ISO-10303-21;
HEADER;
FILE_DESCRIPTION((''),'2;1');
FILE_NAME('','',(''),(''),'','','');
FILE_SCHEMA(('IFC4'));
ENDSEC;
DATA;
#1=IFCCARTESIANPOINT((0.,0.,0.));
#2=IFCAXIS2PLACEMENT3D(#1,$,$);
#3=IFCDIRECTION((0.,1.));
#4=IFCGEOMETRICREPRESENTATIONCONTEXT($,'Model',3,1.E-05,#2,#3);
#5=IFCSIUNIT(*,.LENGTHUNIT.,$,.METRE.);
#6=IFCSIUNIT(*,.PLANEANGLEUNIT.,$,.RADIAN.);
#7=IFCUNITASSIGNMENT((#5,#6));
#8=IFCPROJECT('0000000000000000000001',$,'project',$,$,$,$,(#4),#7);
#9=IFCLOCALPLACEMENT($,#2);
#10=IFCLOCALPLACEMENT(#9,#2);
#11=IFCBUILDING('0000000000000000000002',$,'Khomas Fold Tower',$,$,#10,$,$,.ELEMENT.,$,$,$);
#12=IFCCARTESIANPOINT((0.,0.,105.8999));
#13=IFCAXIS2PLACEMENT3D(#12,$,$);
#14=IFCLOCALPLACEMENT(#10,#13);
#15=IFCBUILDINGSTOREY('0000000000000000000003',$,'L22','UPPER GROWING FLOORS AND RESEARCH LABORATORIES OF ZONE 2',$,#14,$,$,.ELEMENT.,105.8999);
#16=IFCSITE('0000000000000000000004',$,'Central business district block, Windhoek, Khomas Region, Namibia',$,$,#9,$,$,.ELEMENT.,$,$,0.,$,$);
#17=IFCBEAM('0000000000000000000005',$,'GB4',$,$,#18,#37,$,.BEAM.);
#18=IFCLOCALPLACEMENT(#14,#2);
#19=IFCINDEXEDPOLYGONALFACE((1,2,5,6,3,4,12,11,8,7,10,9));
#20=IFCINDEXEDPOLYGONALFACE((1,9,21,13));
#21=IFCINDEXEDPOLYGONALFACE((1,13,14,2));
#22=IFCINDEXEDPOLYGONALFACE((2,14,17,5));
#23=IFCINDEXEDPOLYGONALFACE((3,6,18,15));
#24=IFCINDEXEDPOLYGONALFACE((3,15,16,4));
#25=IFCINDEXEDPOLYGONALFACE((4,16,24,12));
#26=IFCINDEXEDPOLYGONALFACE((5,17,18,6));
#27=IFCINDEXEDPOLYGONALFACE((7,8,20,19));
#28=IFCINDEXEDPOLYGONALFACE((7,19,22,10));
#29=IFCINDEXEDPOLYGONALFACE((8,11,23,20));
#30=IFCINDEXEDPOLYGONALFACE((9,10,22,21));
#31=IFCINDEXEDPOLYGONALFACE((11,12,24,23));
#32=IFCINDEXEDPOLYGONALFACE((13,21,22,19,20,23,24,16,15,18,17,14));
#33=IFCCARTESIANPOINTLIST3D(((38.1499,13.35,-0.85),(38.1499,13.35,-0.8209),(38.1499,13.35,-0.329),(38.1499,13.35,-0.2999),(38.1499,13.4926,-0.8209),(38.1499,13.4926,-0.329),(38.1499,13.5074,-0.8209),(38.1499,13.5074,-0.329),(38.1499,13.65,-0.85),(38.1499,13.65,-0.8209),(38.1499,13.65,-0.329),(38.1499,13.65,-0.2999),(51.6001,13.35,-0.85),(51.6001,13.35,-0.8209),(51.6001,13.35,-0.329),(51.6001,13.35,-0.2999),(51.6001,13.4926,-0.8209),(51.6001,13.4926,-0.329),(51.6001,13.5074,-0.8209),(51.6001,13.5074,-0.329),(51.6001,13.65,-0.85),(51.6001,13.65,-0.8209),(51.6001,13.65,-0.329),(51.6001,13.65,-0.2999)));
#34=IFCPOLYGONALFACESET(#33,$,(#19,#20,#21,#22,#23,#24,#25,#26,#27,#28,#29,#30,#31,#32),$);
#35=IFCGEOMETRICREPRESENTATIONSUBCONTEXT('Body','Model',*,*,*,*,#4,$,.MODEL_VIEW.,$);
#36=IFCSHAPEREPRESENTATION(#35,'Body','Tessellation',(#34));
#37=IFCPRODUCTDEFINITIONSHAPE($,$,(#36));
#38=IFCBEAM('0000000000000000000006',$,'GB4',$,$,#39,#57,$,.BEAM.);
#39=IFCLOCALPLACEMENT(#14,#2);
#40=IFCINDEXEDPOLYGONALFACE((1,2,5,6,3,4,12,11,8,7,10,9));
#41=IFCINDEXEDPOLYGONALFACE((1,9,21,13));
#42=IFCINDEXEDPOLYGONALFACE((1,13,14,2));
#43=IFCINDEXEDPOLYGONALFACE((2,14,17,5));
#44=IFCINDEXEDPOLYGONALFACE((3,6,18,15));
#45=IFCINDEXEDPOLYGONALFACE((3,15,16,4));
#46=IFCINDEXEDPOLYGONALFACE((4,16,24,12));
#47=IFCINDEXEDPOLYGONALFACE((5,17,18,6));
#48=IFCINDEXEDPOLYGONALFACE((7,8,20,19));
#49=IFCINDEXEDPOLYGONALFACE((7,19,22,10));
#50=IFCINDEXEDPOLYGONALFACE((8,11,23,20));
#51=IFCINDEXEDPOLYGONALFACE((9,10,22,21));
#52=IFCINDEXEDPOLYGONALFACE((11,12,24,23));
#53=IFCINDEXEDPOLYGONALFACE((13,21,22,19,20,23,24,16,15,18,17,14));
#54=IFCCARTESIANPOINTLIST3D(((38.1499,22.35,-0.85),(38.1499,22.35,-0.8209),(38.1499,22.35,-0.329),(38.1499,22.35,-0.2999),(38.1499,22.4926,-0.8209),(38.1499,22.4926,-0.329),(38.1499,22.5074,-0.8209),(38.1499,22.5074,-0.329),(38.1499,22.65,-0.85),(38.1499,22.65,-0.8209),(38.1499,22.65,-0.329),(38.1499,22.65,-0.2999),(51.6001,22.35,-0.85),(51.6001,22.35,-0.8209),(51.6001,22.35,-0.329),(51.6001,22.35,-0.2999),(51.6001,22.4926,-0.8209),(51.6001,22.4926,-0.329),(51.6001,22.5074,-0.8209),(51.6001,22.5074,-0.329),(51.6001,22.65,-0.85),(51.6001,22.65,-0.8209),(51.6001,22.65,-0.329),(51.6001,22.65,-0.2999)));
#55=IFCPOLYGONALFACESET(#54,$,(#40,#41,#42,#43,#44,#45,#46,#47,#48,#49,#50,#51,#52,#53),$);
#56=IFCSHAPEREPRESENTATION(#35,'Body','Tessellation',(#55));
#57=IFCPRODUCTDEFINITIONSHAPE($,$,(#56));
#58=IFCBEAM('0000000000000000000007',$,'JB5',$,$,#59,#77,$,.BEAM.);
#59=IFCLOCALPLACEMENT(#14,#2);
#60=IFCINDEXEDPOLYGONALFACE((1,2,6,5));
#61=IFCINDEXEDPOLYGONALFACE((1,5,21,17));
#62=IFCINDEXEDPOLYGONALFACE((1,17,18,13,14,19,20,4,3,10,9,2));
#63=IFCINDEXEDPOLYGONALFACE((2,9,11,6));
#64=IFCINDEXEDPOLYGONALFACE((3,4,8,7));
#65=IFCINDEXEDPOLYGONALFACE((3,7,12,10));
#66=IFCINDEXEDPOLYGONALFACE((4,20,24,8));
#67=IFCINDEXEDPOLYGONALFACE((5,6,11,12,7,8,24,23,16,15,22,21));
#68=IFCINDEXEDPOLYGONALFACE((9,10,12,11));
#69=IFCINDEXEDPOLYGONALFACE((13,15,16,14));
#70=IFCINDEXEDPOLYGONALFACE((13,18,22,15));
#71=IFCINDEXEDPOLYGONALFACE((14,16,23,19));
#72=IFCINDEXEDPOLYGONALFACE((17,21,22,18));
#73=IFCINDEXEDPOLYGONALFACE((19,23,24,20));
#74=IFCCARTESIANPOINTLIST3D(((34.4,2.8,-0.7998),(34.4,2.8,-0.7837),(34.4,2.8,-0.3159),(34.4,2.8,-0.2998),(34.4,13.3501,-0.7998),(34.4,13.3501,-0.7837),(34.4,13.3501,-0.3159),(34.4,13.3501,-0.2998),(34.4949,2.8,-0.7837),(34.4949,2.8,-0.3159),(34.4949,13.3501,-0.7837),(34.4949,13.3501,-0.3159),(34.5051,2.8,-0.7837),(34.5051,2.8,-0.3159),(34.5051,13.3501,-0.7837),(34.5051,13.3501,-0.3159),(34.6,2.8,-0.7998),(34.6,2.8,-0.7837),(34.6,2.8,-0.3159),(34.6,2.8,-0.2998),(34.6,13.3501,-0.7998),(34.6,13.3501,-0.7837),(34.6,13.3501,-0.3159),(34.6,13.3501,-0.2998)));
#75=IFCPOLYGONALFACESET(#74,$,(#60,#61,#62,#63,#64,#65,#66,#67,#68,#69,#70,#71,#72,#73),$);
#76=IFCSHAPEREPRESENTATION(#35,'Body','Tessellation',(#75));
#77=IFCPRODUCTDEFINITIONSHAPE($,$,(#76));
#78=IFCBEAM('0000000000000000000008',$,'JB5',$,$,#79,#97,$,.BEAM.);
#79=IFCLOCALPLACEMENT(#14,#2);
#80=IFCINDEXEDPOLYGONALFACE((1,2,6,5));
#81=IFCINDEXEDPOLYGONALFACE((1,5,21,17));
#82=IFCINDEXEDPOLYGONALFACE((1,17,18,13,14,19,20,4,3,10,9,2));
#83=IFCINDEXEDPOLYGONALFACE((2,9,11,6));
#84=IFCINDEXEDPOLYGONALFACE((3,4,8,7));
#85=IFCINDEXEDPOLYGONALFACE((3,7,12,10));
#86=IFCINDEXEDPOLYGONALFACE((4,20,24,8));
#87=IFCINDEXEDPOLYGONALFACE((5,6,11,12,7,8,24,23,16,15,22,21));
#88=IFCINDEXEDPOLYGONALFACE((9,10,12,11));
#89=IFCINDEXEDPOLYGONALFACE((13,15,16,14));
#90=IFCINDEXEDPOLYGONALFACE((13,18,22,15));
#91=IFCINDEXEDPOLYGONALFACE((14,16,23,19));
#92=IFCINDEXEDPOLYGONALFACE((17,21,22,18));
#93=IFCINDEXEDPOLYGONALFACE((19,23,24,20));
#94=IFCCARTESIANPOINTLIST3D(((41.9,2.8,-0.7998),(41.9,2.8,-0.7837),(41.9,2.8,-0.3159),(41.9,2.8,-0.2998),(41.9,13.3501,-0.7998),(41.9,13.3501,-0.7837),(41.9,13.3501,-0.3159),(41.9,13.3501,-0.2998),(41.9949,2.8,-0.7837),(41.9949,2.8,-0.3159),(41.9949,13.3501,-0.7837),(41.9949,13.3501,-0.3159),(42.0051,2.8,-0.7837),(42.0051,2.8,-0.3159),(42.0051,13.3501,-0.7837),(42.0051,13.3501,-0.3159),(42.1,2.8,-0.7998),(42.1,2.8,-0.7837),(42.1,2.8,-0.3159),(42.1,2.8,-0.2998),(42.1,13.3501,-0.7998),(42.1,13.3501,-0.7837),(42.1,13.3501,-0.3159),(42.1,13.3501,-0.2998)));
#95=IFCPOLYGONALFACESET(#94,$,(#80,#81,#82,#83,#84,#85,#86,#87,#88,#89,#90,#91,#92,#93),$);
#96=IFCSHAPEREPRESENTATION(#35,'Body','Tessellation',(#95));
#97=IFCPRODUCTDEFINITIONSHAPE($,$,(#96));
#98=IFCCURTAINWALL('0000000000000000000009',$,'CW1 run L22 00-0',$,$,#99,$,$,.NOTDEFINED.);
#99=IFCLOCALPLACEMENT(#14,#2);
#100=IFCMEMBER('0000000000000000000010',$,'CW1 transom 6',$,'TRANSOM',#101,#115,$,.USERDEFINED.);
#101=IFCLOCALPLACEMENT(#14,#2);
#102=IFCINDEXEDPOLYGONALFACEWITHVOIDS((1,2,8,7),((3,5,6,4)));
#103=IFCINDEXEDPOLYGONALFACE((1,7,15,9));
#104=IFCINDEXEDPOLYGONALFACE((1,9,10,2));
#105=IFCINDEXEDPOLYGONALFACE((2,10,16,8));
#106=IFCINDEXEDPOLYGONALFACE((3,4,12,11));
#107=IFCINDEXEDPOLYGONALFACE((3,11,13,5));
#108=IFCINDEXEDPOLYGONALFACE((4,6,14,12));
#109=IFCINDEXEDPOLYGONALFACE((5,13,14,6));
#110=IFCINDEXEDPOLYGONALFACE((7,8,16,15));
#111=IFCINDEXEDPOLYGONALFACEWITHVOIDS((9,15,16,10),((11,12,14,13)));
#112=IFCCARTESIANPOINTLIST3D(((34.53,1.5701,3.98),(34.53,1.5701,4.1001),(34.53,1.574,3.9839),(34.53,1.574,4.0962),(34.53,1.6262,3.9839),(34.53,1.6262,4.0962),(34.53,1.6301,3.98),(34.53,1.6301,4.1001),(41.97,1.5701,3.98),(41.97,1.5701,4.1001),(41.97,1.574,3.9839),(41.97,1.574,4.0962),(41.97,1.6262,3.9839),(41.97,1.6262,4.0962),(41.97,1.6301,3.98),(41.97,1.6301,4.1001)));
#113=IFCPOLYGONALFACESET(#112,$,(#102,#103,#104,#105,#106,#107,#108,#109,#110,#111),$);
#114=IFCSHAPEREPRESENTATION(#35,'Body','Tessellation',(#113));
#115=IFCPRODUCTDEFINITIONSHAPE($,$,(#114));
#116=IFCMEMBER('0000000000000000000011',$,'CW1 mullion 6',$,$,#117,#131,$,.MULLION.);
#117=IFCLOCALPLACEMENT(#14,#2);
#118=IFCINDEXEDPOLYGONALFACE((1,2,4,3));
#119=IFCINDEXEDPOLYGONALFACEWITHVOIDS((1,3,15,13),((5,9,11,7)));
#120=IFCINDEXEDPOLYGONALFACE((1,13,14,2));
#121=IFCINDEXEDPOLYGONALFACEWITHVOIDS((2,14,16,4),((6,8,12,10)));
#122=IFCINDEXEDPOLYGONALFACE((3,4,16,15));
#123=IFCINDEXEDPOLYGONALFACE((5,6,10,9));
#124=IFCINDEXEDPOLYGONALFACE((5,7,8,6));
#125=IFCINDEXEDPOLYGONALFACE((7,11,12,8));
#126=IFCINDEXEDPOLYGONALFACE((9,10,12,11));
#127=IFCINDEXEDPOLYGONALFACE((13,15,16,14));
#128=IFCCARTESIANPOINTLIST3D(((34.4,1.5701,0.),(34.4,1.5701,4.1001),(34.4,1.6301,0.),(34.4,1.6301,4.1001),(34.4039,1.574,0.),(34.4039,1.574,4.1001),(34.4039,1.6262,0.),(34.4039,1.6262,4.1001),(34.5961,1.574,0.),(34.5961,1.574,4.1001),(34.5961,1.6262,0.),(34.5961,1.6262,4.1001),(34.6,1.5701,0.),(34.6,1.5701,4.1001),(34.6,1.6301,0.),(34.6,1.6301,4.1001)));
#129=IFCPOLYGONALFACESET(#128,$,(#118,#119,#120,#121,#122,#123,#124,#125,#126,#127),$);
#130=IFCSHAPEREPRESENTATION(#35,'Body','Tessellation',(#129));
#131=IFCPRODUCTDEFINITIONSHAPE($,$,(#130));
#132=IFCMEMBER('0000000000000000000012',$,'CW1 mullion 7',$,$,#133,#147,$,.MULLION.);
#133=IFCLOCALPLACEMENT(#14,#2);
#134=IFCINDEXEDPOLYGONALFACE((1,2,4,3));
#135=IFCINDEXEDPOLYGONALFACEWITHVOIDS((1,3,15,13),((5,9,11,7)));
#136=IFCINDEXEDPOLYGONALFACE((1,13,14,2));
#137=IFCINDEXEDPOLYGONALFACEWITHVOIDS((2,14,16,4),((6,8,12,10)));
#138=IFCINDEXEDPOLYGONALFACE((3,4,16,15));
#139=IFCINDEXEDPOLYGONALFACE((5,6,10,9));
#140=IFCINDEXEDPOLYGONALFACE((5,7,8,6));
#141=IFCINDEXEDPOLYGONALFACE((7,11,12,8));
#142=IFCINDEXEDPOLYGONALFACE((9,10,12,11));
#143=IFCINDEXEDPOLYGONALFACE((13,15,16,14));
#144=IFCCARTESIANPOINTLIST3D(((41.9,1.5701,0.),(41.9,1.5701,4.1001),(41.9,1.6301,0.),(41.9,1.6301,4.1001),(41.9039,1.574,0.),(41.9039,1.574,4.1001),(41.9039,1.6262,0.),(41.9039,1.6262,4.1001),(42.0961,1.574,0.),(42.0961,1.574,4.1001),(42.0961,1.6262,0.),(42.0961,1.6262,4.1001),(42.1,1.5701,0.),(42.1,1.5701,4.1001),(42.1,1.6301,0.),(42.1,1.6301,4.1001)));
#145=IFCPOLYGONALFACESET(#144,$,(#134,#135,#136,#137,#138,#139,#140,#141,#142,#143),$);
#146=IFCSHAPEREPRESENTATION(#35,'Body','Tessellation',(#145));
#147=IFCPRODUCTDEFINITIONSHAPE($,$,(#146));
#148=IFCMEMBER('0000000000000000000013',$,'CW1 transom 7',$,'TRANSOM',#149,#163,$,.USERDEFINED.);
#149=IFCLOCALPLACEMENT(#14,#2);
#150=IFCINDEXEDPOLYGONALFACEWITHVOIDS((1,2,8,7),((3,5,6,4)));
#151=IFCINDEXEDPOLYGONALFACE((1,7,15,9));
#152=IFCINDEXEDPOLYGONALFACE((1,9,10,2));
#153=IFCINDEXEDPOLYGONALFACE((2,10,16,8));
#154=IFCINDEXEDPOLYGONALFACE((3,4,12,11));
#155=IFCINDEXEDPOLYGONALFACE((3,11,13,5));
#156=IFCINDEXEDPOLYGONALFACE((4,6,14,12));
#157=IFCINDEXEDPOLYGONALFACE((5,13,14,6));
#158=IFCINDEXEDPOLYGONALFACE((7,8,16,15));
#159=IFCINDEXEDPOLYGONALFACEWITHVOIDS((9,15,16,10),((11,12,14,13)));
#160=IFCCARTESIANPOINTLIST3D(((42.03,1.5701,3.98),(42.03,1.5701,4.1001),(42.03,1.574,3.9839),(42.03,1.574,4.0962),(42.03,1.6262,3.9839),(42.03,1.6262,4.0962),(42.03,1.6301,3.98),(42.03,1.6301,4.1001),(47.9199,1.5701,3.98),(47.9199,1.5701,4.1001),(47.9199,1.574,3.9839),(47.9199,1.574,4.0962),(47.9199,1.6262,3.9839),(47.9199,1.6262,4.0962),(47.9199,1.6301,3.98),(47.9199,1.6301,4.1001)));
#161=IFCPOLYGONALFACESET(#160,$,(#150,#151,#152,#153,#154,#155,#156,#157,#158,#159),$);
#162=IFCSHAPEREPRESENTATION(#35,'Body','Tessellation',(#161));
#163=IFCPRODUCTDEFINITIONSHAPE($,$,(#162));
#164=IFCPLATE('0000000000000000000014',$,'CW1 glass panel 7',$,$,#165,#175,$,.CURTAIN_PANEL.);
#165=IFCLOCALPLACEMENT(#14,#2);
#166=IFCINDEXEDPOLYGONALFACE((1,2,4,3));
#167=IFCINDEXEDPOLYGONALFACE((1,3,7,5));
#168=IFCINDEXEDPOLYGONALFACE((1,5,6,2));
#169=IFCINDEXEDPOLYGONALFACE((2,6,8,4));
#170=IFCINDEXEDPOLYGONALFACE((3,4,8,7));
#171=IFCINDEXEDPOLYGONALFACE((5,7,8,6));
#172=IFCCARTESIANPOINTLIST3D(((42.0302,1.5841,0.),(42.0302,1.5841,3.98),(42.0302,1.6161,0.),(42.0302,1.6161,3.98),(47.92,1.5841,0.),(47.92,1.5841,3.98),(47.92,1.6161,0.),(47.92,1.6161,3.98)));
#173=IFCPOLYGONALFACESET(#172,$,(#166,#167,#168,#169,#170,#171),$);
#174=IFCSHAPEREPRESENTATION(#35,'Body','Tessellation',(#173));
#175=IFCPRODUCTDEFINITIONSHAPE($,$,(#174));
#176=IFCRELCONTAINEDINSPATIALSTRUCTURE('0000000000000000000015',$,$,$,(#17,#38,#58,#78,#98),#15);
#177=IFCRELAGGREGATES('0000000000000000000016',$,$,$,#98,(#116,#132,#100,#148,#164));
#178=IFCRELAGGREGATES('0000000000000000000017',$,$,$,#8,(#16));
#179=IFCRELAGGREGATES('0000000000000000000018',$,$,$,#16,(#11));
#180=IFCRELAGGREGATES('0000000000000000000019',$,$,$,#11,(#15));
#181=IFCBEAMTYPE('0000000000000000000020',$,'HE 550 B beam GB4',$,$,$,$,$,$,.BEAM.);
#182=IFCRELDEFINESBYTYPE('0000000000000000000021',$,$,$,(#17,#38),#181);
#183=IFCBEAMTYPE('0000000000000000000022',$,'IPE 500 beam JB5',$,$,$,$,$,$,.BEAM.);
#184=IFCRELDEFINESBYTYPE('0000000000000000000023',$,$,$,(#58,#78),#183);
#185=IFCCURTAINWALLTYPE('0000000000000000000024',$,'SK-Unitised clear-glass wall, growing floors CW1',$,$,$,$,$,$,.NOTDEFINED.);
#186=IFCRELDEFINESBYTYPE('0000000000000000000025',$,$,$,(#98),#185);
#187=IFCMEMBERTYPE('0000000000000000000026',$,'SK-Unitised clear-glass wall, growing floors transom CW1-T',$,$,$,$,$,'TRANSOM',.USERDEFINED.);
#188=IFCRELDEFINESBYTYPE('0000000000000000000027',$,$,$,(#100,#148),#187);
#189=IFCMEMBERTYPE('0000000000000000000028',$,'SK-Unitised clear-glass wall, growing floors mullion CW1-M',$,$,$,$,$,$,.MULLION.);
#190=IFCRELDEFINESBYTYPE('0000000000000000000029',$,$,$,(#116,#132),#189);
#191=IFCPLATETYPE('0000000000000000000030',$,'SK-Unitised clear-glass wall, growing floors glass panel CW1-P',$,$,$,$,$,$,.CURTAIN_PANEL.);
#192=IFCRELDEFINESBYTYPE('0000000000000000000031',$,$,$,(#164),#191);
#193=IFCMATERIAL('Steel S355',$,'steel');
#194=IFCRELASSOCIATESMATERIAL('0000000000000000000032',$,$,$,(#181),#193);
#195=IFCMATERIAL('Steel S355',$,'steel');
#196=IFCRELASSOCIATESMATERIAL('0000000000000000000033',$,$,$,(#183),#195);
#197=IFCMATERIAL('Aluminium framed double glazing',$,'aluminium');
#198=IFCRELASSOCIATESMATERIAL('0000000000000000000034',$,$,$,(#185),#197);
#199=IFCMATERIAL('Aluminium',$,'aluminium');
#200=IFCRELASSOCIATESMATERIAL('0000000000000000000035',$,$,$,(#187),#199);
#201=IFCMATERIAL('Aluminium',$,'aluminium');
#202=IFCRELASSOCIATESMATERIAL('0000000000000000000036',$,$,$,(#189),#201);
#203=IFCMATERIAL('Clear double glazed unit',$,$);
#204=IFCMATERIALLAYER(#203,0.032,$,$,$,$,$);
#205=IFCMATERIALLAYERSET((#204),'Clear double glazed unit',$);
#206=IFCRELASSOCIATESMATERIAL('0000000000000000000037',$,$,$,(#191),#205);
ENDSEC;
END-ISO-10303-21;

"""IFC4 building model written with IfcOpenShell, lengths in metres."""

from ifc_helpers import new_model, si_unit, direction, frame, origin, origin_2d, place, context, subcontext, project, spatial, rectangle, hollow_rectangle, i_section, extrude, source, transform, mapped, material, layer, layer_set, material_profile, profile_set, type_object, element, aggregate, save


model = new_model("IFC4")

# Units and contexts
model_context = context("Model", 3, precision=1e-05, world=origin(), true_north=direction((0.0, 1.0)))
body_context = subcontext(model_context, "Body", "Model", "MODEL_VIEW")
ifc_project = project(units=[si_unit("LENGTHUNIT", "METRE"), si_unit("PLANEANGLEUNIT", "RADIAN")], contexts=[model_context])

# Site, building, storey
site_placement = place(None, origin())
site = spatial("IfcSite", under=ifc_project, at=site_placement, Name="Central business district block, Windhoek, Khomas Region, Namibia", CompositionType="ELEMENT", RefElevation=0.0)
building_placement = place(site_placement, origin())
building = spatial("IfcBuilding", under=site, at=building_placement, Name="Khomas Fold Tower", CompositionType="ELEMENT")
storey_placement = place(building_placement, frame((0.0, 0.0, 105.8999)))
storey = spatial("IfcBuildingStorey", under=building, at=storey_placement, Name="L22", Description="UPPER GROWING FLOORS AND RESEARCH LABORATORIES OF ZONE 2", CompositionType="ELEMENT", Elevation=105.8999)

# Beams
ifc_material_1 = material(Name="Steel S355", Category="steel")
ifc_material_profile_1 = material_profile(ifc_material_1, i_section(OverallWidth=0.3, OverallDepth=0.55, WebThickness=0.0149, FlangeThickness=0.0291, at=origin_2d()), Name="HE 550 B")
ifc_profile_set_1 = profile_set([ifc_material_profile_1], Name="Steel S355")
beam_type_1 = type_object("IfcBeamType", Name="HE 550 B beam GB4", PredefinedType="BEAM", material=ifc_profile_set_1)
shared_shape_1 = source(origin(), body_context, "Body", "SweptSolid", [
    extrude(i_section(OverallWidth=0.3, OverallDepth=0.55, WebThickness=0.0149, FlangeThickness=0.0291, at=origin_2d()), origin(), (0.0, 0.0, 1.0), 13.4502),
])
for number, where, z_axis, x_axis, name in (
    (1, (38.1499, 13.5, -0.575), (1.0, 0.0, 0.0), (0.0, 1.0, 0.0), "GB4"),
    (2, (38.1499, 22.5, -0.575), (1.0, 0.0, 0.0), (0.0, 1.0, 0.0), "GB4"),
):
    element("IfcBeam", number, at=place(storey_placement, frame(where, z_axis=z_axis, x_axis=x_axis)), inside=storey, type_object=beam_type_1, Name=name, PredefinedType="BEAM", context=body_context, shape_type="MappedRepresentation", body=[
        mapped(shared_shape_1, transform((0.0, 0.0, 0.0))),
    ])
ifc_material_2 = material(Name="Steel S355", Category="steel")
ifc_material_profile_2 = material_profile(ifc_material_2, i_section(OverallWidth=0.2, OverallDepth=0.5, WebThickness=0.0103, FlangeThickness=0.0161, at=origin_2d()), Name="IPE 500")
ifc_profile_set_2 = profile_set([ifc_material_profile_2], Name="Steel S355")
beam_type_2 = type_object("IfcBeamType", Name="IPE 500 beam JB5", PredefinedType="BEAM", material=ifc_profile_set_2)
shared_shape_2 = source(origin(), body_context, "Body", "SweptSolid", [
    extrude(i_section(OverallWidth=0.2, OverallDepth=0.5, WebThickness=0.0103, FlangeThickness=0.0161, at=origin_2d()), origin(), (0.0, 0.0, 1.0), 10.55),
])
for number, where, z_axis, x_axis, name in (
    (3, (34.5, 2.8, -0.5498), (0.0, 1.0, 0.0), (-1.0, 0.0, 0.0), "JB5"),
    (4, (42.0, 2.8, -0.5498), (0.0, 1.0, 0.0), (-1.0, 0.0, 0.0), "JB5"),
):
    element("IfcBeam", number, at=place(storey_placement, frame(where, z_axis=z_axis, x_axis=x_axis)), inside=storey, type_object=beam_type_2, Name=name, PredefinedType="BEAM", context=body_context, shape_type="MappedRepresentation", body=[
        mapped(shared_shape_2, transform((0.0, 0.0, 0.0))),
    ])

# Curtain wall, members, plate
ifc_material_3 = material(Name="Aluminium framed double glazing", Category="aluminium")
curtain_wall_type = type_object("IfcCurtainWallType", Name="SK-Unitised clear-glass wall, growing floors CW1", PredefinedType="NOTDEFINED", material=ifc_material_3)
curtain_wall_placement = place(storey_placement, origin())
curtain_wall = element("IfcCurtainWall", 5, at=curtain_wall_placement, inside=storey, type_object=curtain_wall_type, Name="CW1 run L22 00-0", PredefinedType="NOTDEFINED")
ifc_material_4 = material(Name="Aluminium", Category="aluminium")
ifc_material_profile_3 = material_profile(ifc_material_4, hollow_rectangle(XDim=0.0601, YDim=0.1201, WallThickness=0.0039, at=origin_2d()), Name="SK-Unitised clear-glass wall, growing floors transom CW1-T")
ifc_profile_set_3 = profile_set([ifc_material_profile_3], Name="Aluminium")
member_type_1 = type_object("IfcMemberType", Name="SK-Unitised clear-glass wall, growing floors transom CW1-T", ElementType="TRANSOM", PredefinedType="USERDEFINED", material=ifc_profile_set_3)
shared_shape_3 = source(origin(), body_context, "Body", "SweptSolid", [
    extrude(hollow_rectangle(XDim=0.0601, YDim=0.1201, WallThickness=0.0039, at=origin_2d()), origin(), (0.0, 0.0, 1.0), 7.4399),
])
member_1_placement = place(storey_placement, frame((34.53, 1.6001, 4.04), z_axis=(1.0, 0.0, 0.0), x_axis=(0.0, 1.0, 0.0)))
member_1 = element("IfcMember", 6, at=member_1_placement, type_object=member_type_1, Name="CW1 transom 6", ObjectType="TRANSOM", PredefinedType="USERDEFINED", context=body_context, shape_type="MappedRepresentation", body=[
    mapped(shared_shape_3, transform((0.0, 0.0, 0.0))),
])
ifc_material_5 = material(Name="Aluminium", Category="aluminium")
ifc_material_profile_4 = material_profile(ifc_material_5, hollow_rectangle(XDim=0.0601, YDim=0.2, WallThickness=0.0039, at=origin_2d()), Name="SK-Unitised clear-glass wall, growing floors mullion CW1-M")
ifc_profile_set_4 = profile_set([ifc_material_profile_4], Name="Aluminium")
member_type_2 = type_object("IfcMemberType", Name="SK-Unitised clear-glass wall, growing floors mullion CW1-M", PredefinedType="MULLION", material=ifc_profile_set_4)
shared_shape_4 = source(origin(), body_context, "Body", "SweptSolid", [
    extrude(hollow_rectangle(XDim=0.0601, YDim=0.2, WallThickness=0.0039, at=origin_2d()), origin(), (0.0, 0.0, 1.0), 4.1001),
])
member_2_placement = place(storey_placement, frame((34.5, 1.6001, 0.0), z_axis=(0.0, 0.0, 1.0), x_axis=(0.0, 1.0, 0.0)))
member_2 = element("IfcMember", 7, at=member_2_placement, type_object=member_type_2, Name="CW1 mullion 6", PredefinedType="MULLION", context=body_context, shape_type="MappedRepresentation", body=[
    mapped(shared_shape_4, transform((0.0, 0.0, 0.0))),
])
member_3_placement = place(storey_placement, frame((42.0, 1.6001, 0.0), z_axis=(0.0, 0.0, 1.0), x_axis=(0.0, 1.0, 0.0)))
member_3 = element("IfcMember", 8, at=member_3_placement, type_object=member_type_2, Name="CW1 mullion 7", PredefinedType="MULLION", context=body_context, shape_type="MappedRepresentation", body=[
    mapped(shared_shape_4, transform((0.0, 0.0, 0.0))),
])
shared_shape_5 = source(origin(), body_context, "Body", "SweptSolid", [
    extrude(hollow_rectangle(XDim=0.0601, YDim=0.1201, WallThickness=0.0039, at=origin_2d()), origin(), (0.0, 0.0, 1.0), 5.8899),
])
member_4_placement = place(storey_placement, frame((42.03, 1.6001, 4.04), z_axis=(1.0, 0.0, 0.0), x_axis=(0.0, 1.0, 0.0)))
member_4 = element("IfcMember", 9, at=member_4_placement, type_object=member_type_1, Name="CW1 transom 7", ObjectType="TRANSOM", PredefinedType="USERDEFINED", context=body_context, shape_type="MappedRepresentation", body=[
    mapped(shared_shape_5, transform((0.0, 0.0, 0.0))),
])
ifc_material_6 = material(Name="Clear double glazed unit")
ifc_layer_1 = layer(ifc_material_6, 0.032)
ifc_layer_set_1 = layer_set([ifc_layer_1], Name="Clear double glazed unit")
plate_type = type_object("IfcPlateType", Name="SK-Unitised clear-glass wall, growing floors glass panel CW1-P", PredefinedType="CURTAIN_PANEL", material=ifc_layer_set_1)
shared_shape_6 = source(origin(), body_context, "Body", "SweptSolid", [
    extrude(rectangle(XDim=5.8899, YDim=0.032, at=origin_2d()), origin(), (0.0, 0.0, 1.0), 3.98),
])
plate_1_placement = place(storey_placement, frame((44.9751, 1.6001, 0.0), z_axis=(0.0, 0.0, 1.0), x_axis=(1.0, 0.0, 0.0)))
plate_1 = element("IfcPlate", 10, at=plate_1_placement, type_object=plate_type, Name="CW1 glass panel 7", PredefinedType="CURTAIN_PANEL", context=body_context, shape_type="MappedRepresentation", body=[
    mapped(shared_shape_6, transform((0.0, 0.0, 0.0))),
])
aggregate(curtain_wall, [member_2, member_3, member_1, member_4, plate_1])

save(model, "model.ifc")
